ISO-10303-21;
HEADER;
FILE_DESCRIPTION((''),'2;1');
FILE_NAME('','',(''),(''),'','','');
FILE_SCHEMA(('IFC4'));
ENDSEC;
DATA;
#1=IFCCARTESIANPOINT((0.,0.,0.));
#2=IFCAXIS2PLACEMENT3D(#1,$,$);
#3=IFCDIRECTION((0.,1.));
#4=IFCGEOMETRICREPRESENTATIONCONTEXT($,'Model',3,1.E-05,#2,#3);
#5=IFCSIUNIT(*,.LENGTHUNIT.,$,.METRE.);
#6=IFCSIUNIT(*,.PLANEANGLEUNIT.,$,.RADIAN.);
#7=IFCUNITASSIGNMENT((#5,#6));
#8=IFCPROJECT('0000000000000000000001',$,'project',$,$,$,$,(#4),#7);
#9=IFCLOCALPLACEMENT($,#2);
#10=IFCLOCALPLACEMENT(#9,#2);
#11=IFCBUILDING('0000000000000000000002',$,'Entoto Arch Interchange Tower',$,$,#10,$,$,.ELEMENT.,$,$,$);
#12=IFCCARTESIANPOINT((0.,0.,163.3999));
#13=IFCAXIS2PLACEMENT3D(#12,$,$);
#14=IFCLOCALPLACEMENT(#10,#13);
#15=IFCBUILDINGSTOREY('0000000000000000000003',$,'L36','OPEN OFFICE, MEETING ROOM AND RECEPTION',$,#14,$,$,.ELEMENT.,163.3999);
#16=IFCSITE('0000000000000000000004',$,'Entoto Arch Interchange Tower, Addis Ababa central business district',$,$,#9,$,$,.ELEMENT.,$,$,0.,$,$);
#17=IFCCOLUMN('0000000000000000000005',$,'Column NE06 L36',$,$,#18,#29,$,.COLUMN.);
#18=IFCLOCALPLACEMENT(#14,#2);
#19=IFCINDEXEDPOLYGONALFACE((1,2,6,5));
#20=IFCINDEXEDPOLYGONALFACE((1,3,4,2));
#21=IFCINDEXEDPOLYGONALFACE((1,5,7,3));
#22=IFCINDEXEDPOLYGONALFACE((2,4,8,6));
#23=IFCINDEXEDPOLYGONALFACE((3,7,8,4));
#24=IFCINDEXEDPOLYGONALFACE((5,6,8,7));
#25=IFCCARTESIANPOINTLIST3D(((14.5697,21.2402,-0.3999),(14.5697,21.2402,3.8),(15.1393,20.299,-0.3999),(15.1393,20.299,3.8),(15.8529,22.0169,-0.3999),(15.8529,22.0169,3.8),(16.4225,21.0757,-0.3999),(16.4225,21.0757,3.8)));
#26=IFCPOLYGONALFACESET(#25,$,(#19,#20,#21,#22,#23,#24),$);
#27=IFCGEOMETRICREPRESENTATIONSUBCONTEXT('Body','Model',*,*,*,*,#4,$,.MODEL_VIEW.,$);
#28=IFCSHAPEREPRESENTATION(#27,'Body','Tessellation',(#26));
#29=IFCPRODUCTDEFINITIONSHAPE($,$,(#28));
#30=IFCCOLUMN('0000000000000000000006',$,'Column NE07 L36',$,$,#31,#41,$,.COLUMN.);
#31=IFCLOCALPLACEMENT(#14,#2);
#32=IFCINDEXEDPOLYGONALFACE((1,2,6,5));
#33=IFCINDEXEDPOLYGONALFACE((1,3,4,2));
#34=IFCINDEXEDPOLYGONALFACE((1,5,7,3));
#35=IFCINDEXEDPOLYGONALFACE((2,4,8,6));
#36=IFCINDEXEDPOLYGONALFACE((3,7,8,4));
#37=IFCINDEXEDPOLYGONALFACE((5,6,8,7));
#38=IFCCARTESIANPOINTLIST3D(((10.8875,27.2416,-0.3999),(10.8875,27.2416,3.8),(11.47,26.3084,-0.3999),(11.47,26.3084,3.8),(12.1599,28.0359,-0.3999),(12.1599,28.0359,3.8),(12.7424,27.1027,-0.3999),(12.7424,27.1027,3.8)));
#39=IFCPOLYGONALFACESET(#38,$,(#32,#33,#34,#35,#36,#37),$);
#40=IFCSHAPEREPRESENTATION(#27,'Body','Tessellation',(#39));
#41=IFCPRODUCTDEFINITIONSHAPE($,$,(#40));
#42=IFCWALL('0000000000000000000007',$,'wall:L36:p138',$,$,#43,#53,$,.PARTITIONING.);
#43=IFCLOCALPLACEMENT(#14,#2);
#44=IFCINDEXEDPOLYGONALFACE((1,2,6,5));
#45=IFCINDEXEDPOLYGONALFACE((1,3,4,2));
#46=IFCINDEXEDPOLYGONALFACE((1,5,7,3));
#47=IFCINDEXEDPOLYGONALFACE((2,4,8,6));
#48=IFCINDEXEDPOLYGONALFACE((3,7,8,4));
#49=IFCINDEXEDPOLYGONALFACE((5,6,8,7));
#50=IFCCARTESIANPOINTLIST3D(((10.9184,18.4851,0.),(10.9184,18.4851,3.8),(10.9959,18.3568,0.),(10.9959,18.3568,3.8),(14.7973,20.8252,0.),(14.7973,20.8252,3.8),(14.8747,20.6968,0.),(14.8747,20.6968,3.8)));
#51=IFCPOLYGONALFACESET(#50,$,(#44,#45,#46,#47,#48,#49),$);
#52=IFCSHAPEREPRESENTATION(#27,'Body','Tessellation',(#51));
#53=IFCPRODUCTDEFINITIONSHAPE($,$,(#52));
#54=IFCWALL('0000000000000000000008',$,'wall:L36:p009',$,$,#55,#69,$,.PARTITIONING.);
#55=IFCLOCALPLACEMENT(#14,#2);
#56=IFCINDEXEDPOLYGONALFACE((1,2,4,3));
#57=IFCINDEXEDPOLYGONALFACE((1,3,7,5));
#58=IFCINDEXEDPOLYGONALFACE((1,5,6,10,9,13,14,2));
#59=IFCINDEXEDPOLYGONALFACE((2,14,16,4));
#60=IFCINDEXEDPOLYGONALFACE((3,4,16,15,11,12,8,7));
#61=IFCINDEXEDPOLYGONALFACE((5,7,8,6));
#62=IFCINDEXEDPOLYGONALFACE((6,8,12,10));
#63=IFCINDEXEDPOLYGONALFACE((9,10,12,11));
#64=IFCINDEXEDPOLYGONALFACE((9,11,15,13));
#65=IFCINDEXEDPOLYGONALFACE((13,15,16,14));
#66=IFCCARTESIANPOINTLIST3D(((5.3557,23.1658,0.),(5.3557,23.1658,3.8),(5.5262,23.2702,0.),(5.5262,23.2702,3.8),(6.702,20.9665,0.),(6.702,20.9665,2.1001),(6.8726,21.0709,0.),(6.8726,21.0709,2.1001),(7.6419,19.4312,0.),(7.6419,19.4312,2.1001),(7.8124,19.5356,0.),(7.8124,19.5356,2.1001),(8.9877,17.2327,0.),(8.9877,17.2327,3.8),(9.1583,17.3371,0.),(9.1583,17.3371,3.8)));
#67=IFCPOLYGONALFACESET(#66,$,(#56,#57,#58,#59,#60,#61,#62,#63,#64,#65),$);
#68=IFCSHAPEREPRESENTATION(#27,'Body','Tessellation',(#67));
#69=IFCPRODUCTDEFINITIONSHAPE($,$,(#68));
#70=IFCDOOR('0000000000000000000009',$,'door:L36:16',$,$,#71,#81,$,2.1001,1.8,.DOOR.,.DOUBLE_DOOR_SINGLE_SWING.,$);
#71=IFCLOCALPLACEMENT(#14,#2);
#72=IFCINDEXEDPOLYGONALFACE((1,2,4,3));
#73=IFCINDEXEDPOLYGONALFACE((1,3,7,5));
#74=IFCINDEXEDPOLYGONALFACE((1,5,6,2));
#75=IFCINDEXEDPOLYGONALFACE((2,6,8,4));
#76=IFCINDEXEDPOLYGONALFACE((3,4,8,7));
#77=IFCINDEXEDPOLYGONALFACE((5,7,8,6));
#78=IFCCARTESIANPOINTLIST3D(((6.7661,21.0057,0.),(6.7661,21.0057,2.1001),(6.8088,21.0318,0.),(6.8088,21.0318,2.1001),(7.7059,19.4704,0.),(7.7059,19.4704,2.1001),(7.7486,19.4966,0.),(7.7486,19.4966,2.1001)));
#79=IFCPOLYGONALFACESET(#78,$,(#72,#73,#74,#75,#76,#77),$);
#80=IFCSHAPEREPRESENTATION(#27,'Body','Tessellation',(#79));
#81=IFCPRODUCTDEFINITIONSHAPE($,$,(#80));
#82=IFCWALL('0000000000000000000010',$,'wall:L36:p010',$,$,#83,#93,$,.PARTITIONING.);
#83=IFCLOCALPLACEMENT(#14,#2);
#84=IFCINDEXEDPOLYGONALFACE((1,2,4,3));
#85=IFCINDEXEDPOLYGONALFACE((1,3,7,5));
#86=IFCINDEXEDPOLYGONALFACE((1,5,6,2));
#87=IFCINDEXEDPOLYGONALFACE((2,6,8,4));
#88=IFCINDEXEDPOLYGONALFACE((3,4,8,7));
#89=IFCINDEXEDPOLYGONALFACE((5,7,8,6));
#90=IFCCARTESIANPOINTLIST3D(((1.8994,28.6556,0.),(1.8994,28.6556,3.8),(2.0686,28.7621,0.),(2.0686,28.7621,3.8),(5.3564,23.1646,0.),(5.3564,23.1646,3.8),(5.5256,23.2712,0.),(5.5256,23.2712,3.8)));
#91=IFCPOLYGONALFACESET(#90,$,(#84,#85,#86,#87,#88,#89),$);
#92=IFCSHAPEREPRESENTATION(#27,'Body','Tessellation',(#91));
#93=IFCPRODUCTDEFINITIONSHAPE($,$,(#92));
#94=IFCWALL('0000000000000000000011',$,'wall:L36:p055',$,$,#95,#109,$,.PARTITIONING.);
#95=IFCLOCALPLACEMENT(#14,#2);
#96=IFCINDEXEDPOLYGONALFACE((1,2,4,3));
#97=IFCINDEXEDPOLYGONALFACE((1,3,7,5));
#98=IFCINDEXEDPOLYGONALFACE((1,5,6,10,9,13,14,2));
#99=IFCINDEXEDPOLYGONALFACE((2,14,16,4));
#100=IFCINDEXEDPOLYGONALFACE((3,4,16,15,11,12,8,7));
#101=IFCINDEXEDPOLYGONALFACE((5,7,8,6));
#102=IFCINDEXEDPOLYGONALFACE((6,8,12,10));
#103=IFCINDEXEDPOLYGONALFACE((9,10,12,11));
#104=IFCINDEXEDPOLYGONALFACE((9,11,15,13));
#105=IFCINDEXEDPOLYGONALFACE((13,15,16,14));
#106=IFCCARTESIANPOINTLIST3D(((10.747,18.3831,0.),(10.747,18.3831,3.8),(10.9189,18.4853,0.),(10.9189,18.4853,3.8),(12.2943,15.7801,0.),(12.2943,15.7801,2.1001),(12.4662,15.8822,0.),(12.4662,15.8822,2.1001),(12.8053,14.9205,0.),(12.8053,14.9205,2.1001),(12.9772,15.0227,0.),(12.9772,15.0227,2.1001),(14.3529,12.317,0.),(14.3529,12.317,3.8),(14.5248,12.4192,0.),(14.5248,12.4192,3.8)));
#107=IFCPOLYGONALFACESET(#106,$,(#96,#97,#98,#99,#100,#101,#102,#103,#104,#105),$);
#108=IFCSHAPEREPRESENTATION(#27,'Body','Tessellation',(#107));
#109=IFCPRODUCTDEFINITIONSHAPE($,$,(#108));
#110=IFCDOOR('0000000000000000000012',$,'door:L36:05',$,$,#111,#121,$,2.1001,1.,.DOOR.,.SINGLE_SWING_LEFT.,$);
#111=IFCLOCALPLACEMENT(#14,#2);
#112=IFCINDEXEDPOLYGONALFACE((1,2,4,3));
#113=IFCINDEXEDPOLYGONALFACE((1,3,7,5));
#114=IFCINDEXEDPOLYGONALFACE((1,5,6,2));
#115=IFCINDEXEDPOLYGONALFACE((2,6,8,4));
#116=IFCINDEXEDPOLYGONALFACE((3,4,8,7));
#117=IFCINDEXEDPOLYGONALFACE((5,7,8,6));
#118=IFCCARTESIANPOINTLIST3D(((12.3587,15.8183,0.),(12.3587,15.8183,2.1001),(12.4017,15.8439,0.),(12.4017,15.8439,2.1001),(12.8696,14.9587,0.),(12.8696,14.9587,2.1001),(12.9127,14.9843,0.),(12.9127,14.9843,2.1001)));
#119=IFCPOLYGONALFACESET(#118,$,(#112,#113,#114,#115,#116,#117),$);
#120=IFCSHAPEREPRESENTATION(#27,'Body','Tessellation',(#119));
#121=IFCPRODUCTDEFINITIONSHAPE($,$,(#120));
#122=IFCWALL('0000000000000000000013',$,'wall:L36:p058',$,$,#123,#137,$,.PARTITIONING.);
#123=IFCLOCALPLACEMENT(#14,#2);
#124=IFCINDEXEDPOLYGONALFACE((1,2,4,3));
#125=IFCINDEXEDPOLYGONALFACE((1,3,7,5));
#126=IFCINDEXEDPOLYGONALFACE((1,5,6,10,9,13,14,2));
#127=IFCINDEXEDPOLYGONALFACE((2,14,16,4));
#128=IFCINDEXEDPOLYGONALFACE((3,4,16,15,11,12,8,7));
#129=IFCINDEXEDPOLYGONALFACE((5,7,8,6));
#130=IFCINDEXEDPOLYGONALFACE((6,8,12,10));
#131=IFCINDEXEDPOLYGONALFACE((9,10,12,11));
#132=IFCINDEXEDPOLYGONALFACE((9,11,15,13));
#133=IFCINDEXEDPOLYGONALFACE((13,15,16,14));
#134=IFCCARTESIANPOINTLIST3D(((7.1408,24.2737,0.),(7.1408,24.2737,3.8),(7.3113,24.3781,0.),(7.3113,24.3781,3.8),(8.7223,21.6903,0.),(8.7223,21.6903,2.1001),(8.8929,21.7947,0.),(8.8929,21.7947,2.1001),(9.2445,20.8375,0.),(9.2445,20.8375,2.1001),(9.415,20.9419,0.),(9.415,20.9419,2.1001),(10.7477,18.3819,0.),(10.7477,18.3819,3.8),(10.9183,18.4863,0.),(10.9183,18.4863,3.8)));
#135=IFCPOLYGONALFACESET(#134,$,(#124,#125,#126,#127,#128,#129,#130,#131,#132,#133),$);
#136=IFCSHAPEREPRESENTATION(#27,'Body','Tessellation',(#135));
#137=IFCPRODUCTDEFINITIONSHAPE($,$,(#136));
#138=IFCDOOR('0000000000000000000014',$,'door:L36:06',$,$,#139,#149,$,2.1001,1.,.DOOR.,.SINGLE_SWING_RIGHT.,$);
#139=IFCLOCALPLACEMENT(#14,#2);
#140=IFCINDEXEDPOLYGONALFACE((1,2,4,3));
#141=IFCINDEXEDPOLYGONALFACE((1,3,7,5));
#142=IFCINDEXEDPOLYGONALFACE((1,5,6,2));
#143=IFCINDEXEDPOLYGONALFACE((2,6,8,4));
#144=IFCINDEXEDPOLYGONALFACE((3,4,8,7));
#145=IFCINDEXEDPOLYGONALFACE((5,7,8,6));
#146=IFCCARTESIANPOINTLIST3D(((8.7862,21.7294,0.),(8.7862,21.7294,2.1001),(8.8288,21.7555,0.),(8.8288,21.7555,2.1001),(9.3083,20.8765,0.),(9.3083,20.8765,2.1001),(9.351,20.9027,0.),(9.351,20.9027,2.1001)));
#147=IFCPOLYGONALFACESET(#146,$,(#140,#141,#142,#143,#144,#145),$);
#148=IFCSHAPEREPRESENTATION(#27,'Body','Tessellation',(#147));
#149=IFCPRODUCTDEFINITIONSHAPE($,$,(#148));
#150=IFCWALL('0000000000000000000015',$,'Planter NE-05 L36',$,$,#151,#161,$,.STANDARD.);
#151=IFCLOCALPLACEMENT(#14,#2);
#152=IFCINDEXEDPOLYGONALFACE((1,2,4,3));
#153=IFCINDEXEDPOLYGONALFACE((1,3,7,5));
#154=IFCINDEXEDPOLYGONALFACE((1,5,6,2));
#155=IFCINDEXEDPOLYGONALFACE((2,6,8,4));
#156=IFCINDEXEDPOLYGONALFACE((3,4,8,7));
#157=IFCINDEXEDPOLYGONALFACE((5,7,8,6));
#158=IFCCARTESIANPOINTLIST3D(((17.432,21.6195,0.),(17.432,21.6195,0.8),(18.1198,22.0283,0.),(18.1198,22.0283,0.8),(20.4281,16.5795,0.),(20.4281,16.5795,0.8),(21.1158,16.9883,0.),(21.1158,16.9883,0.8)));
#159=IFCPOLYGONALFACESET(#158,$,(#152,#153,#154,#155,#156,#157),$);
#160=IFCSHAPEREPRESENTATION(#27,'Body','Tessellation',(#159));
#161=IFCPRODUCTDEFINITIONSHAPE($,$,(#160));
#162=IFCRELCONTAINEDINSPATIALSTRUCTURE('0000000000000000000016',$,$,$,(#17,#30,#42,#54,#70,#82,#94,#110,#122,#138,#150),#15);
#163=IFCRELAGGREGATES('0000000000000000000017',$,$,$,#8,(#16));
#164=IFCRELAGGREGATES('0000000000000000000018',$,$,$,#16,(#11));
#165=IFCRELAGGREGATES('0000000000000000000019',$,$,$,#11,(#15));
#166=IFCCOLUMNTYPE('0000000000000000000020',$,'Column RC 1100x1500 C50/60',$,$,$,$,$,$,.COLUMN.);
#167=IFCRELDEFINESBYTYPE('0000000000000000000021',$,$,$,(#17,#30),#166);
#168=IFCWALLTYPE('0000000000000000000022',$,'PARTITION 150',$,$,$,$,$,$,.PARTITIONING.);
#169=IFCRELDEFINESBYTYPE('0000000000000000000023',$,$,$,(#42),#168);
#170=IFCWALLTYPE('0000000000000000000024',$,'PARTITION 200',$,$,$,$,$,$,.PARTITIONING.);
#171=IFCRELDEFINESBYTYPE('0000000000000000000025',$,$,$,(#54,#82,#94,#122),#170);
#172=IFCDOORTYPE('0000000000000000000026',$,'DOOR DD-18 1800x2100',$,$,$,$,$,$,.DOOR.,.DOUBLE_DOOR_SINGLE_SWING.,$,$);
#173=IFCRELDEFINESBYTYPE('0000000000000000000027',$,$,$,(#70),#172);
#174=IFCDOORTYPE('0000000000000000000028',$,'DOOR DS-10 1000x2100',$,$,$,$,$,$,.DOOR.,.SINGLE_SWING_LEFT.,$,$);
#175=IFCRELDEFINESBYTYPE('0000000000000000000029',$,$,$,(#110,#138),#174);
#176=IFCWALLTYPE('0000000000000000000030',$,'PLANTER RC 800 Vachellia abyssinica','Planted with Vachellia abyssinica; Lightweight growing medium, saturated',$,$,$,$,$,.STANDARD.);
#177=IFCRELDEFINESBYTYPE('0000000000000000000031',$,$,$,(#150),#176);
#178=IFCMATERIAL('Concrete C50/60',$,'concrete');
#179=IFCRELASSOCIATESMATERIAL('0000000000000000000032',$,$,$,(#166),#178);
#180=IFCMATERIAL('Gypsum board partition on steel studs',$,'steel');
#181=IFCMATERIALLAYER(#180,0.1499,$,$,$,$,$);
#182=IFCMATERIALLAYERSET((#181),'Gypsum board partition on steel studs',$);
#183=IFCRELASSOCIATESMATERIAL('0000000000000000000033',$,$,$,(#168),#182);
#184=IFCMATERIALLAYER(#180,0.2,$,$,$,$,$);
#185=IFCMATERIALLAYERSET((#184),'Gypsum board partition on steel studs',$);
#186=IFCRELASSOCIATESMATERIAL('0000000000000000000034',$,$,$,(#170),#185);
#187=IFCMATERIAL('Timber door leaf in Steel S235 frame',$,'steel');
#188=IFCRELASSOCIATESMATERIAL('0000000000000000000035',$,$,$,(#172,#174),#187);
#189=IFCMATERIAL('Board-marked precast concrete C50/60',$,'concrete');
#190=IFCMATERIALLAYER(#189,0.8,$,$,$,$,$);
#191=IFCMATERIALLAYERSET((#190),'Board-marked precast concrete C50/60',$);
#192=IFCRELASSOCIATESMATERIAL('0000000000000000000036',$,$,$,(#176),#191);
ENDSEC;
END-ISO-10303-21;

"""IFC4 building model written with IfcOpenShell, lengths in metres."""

from ifc_helpers import new_model, si_unit, direction, frame, frame_2d, origin, origin_2d, place, context, subcontext, project, spatial, rectangle, extrude, material, layer, layer_set, material_profile, profile_set, type_object, element, fill, save


model = new_model("IFC4")

# Units and contexts
model_context = context("Model", 3, precision=1e-05, world=origin(), true_north=direction((0.0, 1.0)))
body_context = subcontext(model_context, "Body", "Model", "MODEL_VIEW")
ifc_project = project(units=[si_unit("LENGTHUNIT", "METRE"), si_unit("PLANEANGLEUNIT", "RADIAN")], contexts=[model_context])

# Site, building, storey
site_placement = place(None, origin())
site = spatial("IfcSite", under=ifc_project, at=site_placement, Name="Entoto Arch Interchange Tower, Addis Ababa central business district", CompositionType="ELEMENT", RefElevation=0.0)
building_placement = place(site_placement, origin())
building = spatial("IfcBuilding", under=site, at=building_placement, Name="Entoto Arch Interchange Tower", CompositionType="ELEMENT")
storey_placement = place(building_placement, frame((0.0, 0.0, 163.3999)))
storey = spatial("IfcBuildingStorey", under=building, at=storey_placement, Name="L36", Description="OPEN OFFICE, MEETING ROOM AND RECEPTION", CompositionType="ELEMENT", Elevation=163.3999)

# Columns
ifc_material_1 = material(Name="Concrete C50/60", Category="concrete")
ifc_material_profile = material_profile(ifc_material_1, rectangle(XDim=1.1001, YDim=1.5, at=origin_2d()))
ifc_profile_set = profile_set([ifc_material_profile], Name="Concrete C50/60")
column_type = type_object("IfcColumnType", Name="Column RC 1100x1500 C50/60", PredefinedType="COLUMN", material=ifc_profile_set)
for number, where, z_axis, x_axis, name in (
    (1, (15.4961, 21.158, -0.3999), (0.0, 0.0, 1.0), (-0.517803, 0.8555, 0.0), "Column NE06 L36"),
    (2, (11.8149, 27.1721, -0.3999), (0.0, 0.0, 1.0), (-0.529549, 0.848279, 0.0), "Column NE07 L36"),
):
    element("IfcColumn", number, at=place(storey_placement, frame(where, z_axis=z_axis, x_axis=x_axis)), inside=storey, type_object=column_type, Name=name, PredefinedType="COLUMN", context=body_context, shape_type="SweptSolid", body=[
        extrude(rectangle(XDim=1.1001, YDim=1.5, at=origin_2d()), origin(), (0.0, 0.0, 1.0), 4.2),
    ])

# Wall
ifc_material_2 = material(Name="Gypsum board partition on steel studs", Category="steel")
ifc_layer_1 = layer(ifc_material_2, 0.1499)
ifc_layer_set_1 = layer_set([ifc_layer_1], Name="Gypsum board partition on steel studs")
wall_type_1 = type_object("IfcWallType", Name="PARTITION 150", PredefinedType="PARTITIONING", material=ifc_layer_set_1)
wall_1_placement = place(storey_placement, frame((10.957, 18.4209, 0.0), z_axis=(0.0, 0.0, 1.0), x_axis=(0.856249, 0.516563, 0.0)))
element("IfcWall", 3, at=wall_1_placement, inside=storey, type_object=wall_type_1, Name="wall:L36:p138", PredefinedType="PARTITIONING", context=body_context, shape_type="SweptSolid", body=[
    extrude(rectangle(XDim=4.53, YDim=0.1499, at=frame_2d((2.2651, 0.0))), origin(), (0.0, 0.0, 1.0), 3.8),
])

# Wall, opening, door
ifc_layer_2 = layer(ifc_material_2, 0.2)
ifc_layer_set_2 = layer_set([ifc_layer_2], Name="Gypsum board partition on steel studs")
wall_type_2 = type_object("IfcWallType", Name="PARTITION 200", PredefinedType="PARTITIONING", material=ifc_layer_set_2)
wall_2_placement = place(storey_placement, frame((9.073, 17.2849, 0.0), z_axis=(0.0, 0.0, 1.0), x_axis=(-0.522109, 0.852879, 0.0)))
wall_2 = element("IfcWall", 4, at=wall_2_placement, inside=storey, type_object=wall_type_2, Name="wall:L36:p009", PredefinedType="PARTITIONING", context=body_context, shape_type="SweptSolid", body=[
    extrude(rectangle(XDim=6.9565, YDim=0.2, at=frame_2d((3.4783, 0.0))), origin(), (0.0, 0.0, 1.0), 3.8),
])
opening_1_placement = place(wall_2_placement, frame((2.5779, 0.0, 0.0)))
opening_1 = element("IfcOpeningElement", 5, at=opening_1_placement, cuts=wall_2, PredefinedType="OPENING", context=body_context, shape_type="SweptSolid", body=[
    extrude(rectangle(XDim=1.8, YDim=2.1001, at=frame_2d((0.8999, 1.05))), frame((0.0, 0.1099, 0.0), z_axis=(0.0, -1.0, 0.0), x_axis=(1.0, 0.0, 0.0)), (0.0, 0.0, 1.0), 0.22),
])
ifc_material_3 = material(Name="Timber door leaf in Steel S235 frame", Category="steel")
door_type_1 = type_object("IfcDoorType", Name="DOOR DD-18 1800x2100", OperationType="DOUBLE_DOOR_SINGLE_SWING", PredefinedType="DOOR", material=ifc_material_3)
door_1_placement = place(opening_1_placement, origin())
door_1 = element("IfcDoor", 6, at=door_1_placement, inside=storey, type_object=door_type_1, Name="door:L36:16", OperationType="DOUBLE_DOOR_SINGLE_SWING", OverallHeight=2.1001, OverallWidth=1.8, PredefinedType="DOOR", context=body_context, shape_type="SweptSolid", body=[
    extrude(rectangle(XDim=1.8, YDim=2.1001, at=frame_2d((0.8999, 1.05))), frame((0.0, 0.0249, 0.0), z_axis=(0.0, -1.0, 0.0), x_axis=(1.0, 0.0, 0.0)), (0.0, 0.0, 1.0), 0.05),
])
fill(opening_1, door_1)

# Wall
wall_3_placement = place(storey_placement, frame((5.4409, 23.218, 0.0), z_axis=(0.0, 0.0, 1.0), x_axis=(-0.532786, 0.84625, 0.0)))
element("IfcWall", 7, at=wall_3_placement, inside=storey, type_object=wall_type_2, Name="wall:L36:p010", PredefinedType="PARTITIONING", context=body_context, shape_type="SweptSolid", body=[
    extrude(rectangle(XDim=6.4885, YDim=0.2, at=frame_2d((3.2441, 0.0))), origin(), (0.0, 0.0, 1.0), 3.8),
])

# Walls, openings, doors
wall_4_placement = place(storey_placement, frame((10.833, 18.4341, 0.0), z_axis=(0.0, 0.0, 1.0), x_axis=(0.510976, -0.859595, 0.0)))
wall_4 = element("IfcWall", 8, at=wall_4_placement, inside=storey, type_object=wall_type_2, Name="wall:L36:p055", PredefinedType="PARTITIONING", context=body_context, shape_type="SweptSolid", body=[
    extrude(rectangle(XDim=7.0569, YDim=0.2, at=frame_2d((3.5283, 0.0))), origin(), (0.0, 0.0, 1.0), 3.8),
])
opening_2_placement = place(wall_4_placement, frame((3.0281, 0.0, 0.0)))
opening_2 = element("IfcOpeningElement", 9, at=opening_2_placement, cuts=wall_4, PredefinedType="OPENING", context=body_context, shape_type="SweptSolid", body=[
    extrude(rectangle(XDim=1.0, YDim=2.1001, at=frame_2d((0.5, 1.05))), frame((0.0, 0.1099, 0.0), z_axis=(0.0, -1.0, 0.0), x_axis=(1.0, 0.0, 0.0)), (0.0, 0.0, 1.0), 0.22),
])
door_type_2 = type_object("IfcDoorType", Name="DOOR DS-10 1000x2100", OperationType="SINGLE_SWING_LEFT", PredefinedType="DOOR", material=ifc_material_3)
door_2_placement = place(opening_2_placement, origin())
door_2 = element("IfcDoor", 10, at=door_2_placement, inside=storey, type_object=door_type_2, Name="door:L36:05", OperationType="SINGLE_SWING_LEFT", OverallHeight=2.1001, OverallWidth=1.0, PredefinedType="DOOR", context=body_context, shape_type="SweptSolid", body=[
    extrude(rectangle(XDim=1.0, YDim=2.1001, at=frame_2d((0.5, 1.05))), frame((0.0, 0.0249, 0.0), z_axis=(0.0, -1.0, 0.0), x_axis=(1.0, 0.0, 0.0)), (0.0, 0.0, 1.0), 0.05),
])
fill(opening_2, door_2)
wall_5_placement = place(storey_placement, frame((7.2261, 24.3259, 0.0), z_axis=(0.0, 0.0, 1.0), x_axis=(0.52212, -0.852872, 0.0)))
wall_5 = element("IfcWall", 11, at=wall_5_placement, inside=storey, type_object=wall_type_2, Name="wall:L36:p058", PredefinedType="PARTITIONING", context=body_context, shape_type="SweptSolid", body=[
    extrude(rectangle(XDim=6.9082, YDim=0.2, at=frame_2d((3.4541, 0.0))), origin(), (0.0, 0.0, 1.0), 3.8),
])
opening_3_placement = place(wall_5_placement, frame((3.0291, 0.0, 0.0)))
opening_3 = element("IfcOpeningElement", 12, at=opening_3_placement, cuts=wall_5, PredefinedType="OPENING", context=body_context, shape_type="SweptSolid", body=[
    extrude(rectangle(XDim=1.0, YDim=2.1001, at=frame_2d((0.5, 1.05))), frame((0.0, 0.1099, 0.0), z_axis=(0.0, -1.0, 0.0), x_axis=(1.0, 0.0, 0.0)), (0.0, 0.0, 1.0), 0.22),
])
door_3_placement = place(opening_3_placement, origin())
door_3 = element("IfcDoor", 13, at=door_3_placement, inside=storey, type_object=door_type_2, Name="door:L36:06", OperationType="SINGLE_SWING_RIGHT", OverallHeight=2.1001, OverallWidth=1.0, PredefinedType="DOOR", context=body_context, shape_type="SweptSolid", body=[
    extrude(rectangle(XDim=1.0, YDim=2.1001, at=frame_2d((0.5, 1.05))), frame((0.0, 0.0249, 0.0), z_axis=(0.0, -1.0, 0.0), x_axis=(1.0, 0.0, 0.0)), (0.0, 0.0, 1.0), 0.05),
])
fill(opening_3, door_3)

# Wall
ifc_material_4 = material(Name="Board-marked precast concrete C50/60", Category="concrete")
ifc_layer_3 = layer(ifc_material_4, 0.8)
ifc_layer_set_3 = layer_set([ifc_layer_3], Name="Board-marked precast concrete C50/60")
wall_type_3 = type_object("IfcWallType", Name="PLANTER RC 800 Vachellia abyssinica", Description="Planted with Vachellia abyssinica; Lightweight growing medium, saturated", PredefinedType="STANDARD", material=ifc_layer_set_3)
wall_6_placement = place(storey_placement, frame((20.772, 16.7839, 0.0), z_axis=(0.0, 0.0, 1.0), x_axis=(-0.510989, 0.859587, 0.0)))
element("IfcWall", 14, at=wall_6_placement, inside=storey, type_object=wall_type_3, Name="Planter NE-05 L36", PredefinedType="STANDARD", context=body_context, shape_type="SweptSolid", body=[
    extrude(rectangle(XDim=5.8633, YDim=0.8, at=frame_2d((2.9316, 0.0))), origin(), (0.0, 0.0, 1.0), 0.8),
])

save(model, "model.ifc")
